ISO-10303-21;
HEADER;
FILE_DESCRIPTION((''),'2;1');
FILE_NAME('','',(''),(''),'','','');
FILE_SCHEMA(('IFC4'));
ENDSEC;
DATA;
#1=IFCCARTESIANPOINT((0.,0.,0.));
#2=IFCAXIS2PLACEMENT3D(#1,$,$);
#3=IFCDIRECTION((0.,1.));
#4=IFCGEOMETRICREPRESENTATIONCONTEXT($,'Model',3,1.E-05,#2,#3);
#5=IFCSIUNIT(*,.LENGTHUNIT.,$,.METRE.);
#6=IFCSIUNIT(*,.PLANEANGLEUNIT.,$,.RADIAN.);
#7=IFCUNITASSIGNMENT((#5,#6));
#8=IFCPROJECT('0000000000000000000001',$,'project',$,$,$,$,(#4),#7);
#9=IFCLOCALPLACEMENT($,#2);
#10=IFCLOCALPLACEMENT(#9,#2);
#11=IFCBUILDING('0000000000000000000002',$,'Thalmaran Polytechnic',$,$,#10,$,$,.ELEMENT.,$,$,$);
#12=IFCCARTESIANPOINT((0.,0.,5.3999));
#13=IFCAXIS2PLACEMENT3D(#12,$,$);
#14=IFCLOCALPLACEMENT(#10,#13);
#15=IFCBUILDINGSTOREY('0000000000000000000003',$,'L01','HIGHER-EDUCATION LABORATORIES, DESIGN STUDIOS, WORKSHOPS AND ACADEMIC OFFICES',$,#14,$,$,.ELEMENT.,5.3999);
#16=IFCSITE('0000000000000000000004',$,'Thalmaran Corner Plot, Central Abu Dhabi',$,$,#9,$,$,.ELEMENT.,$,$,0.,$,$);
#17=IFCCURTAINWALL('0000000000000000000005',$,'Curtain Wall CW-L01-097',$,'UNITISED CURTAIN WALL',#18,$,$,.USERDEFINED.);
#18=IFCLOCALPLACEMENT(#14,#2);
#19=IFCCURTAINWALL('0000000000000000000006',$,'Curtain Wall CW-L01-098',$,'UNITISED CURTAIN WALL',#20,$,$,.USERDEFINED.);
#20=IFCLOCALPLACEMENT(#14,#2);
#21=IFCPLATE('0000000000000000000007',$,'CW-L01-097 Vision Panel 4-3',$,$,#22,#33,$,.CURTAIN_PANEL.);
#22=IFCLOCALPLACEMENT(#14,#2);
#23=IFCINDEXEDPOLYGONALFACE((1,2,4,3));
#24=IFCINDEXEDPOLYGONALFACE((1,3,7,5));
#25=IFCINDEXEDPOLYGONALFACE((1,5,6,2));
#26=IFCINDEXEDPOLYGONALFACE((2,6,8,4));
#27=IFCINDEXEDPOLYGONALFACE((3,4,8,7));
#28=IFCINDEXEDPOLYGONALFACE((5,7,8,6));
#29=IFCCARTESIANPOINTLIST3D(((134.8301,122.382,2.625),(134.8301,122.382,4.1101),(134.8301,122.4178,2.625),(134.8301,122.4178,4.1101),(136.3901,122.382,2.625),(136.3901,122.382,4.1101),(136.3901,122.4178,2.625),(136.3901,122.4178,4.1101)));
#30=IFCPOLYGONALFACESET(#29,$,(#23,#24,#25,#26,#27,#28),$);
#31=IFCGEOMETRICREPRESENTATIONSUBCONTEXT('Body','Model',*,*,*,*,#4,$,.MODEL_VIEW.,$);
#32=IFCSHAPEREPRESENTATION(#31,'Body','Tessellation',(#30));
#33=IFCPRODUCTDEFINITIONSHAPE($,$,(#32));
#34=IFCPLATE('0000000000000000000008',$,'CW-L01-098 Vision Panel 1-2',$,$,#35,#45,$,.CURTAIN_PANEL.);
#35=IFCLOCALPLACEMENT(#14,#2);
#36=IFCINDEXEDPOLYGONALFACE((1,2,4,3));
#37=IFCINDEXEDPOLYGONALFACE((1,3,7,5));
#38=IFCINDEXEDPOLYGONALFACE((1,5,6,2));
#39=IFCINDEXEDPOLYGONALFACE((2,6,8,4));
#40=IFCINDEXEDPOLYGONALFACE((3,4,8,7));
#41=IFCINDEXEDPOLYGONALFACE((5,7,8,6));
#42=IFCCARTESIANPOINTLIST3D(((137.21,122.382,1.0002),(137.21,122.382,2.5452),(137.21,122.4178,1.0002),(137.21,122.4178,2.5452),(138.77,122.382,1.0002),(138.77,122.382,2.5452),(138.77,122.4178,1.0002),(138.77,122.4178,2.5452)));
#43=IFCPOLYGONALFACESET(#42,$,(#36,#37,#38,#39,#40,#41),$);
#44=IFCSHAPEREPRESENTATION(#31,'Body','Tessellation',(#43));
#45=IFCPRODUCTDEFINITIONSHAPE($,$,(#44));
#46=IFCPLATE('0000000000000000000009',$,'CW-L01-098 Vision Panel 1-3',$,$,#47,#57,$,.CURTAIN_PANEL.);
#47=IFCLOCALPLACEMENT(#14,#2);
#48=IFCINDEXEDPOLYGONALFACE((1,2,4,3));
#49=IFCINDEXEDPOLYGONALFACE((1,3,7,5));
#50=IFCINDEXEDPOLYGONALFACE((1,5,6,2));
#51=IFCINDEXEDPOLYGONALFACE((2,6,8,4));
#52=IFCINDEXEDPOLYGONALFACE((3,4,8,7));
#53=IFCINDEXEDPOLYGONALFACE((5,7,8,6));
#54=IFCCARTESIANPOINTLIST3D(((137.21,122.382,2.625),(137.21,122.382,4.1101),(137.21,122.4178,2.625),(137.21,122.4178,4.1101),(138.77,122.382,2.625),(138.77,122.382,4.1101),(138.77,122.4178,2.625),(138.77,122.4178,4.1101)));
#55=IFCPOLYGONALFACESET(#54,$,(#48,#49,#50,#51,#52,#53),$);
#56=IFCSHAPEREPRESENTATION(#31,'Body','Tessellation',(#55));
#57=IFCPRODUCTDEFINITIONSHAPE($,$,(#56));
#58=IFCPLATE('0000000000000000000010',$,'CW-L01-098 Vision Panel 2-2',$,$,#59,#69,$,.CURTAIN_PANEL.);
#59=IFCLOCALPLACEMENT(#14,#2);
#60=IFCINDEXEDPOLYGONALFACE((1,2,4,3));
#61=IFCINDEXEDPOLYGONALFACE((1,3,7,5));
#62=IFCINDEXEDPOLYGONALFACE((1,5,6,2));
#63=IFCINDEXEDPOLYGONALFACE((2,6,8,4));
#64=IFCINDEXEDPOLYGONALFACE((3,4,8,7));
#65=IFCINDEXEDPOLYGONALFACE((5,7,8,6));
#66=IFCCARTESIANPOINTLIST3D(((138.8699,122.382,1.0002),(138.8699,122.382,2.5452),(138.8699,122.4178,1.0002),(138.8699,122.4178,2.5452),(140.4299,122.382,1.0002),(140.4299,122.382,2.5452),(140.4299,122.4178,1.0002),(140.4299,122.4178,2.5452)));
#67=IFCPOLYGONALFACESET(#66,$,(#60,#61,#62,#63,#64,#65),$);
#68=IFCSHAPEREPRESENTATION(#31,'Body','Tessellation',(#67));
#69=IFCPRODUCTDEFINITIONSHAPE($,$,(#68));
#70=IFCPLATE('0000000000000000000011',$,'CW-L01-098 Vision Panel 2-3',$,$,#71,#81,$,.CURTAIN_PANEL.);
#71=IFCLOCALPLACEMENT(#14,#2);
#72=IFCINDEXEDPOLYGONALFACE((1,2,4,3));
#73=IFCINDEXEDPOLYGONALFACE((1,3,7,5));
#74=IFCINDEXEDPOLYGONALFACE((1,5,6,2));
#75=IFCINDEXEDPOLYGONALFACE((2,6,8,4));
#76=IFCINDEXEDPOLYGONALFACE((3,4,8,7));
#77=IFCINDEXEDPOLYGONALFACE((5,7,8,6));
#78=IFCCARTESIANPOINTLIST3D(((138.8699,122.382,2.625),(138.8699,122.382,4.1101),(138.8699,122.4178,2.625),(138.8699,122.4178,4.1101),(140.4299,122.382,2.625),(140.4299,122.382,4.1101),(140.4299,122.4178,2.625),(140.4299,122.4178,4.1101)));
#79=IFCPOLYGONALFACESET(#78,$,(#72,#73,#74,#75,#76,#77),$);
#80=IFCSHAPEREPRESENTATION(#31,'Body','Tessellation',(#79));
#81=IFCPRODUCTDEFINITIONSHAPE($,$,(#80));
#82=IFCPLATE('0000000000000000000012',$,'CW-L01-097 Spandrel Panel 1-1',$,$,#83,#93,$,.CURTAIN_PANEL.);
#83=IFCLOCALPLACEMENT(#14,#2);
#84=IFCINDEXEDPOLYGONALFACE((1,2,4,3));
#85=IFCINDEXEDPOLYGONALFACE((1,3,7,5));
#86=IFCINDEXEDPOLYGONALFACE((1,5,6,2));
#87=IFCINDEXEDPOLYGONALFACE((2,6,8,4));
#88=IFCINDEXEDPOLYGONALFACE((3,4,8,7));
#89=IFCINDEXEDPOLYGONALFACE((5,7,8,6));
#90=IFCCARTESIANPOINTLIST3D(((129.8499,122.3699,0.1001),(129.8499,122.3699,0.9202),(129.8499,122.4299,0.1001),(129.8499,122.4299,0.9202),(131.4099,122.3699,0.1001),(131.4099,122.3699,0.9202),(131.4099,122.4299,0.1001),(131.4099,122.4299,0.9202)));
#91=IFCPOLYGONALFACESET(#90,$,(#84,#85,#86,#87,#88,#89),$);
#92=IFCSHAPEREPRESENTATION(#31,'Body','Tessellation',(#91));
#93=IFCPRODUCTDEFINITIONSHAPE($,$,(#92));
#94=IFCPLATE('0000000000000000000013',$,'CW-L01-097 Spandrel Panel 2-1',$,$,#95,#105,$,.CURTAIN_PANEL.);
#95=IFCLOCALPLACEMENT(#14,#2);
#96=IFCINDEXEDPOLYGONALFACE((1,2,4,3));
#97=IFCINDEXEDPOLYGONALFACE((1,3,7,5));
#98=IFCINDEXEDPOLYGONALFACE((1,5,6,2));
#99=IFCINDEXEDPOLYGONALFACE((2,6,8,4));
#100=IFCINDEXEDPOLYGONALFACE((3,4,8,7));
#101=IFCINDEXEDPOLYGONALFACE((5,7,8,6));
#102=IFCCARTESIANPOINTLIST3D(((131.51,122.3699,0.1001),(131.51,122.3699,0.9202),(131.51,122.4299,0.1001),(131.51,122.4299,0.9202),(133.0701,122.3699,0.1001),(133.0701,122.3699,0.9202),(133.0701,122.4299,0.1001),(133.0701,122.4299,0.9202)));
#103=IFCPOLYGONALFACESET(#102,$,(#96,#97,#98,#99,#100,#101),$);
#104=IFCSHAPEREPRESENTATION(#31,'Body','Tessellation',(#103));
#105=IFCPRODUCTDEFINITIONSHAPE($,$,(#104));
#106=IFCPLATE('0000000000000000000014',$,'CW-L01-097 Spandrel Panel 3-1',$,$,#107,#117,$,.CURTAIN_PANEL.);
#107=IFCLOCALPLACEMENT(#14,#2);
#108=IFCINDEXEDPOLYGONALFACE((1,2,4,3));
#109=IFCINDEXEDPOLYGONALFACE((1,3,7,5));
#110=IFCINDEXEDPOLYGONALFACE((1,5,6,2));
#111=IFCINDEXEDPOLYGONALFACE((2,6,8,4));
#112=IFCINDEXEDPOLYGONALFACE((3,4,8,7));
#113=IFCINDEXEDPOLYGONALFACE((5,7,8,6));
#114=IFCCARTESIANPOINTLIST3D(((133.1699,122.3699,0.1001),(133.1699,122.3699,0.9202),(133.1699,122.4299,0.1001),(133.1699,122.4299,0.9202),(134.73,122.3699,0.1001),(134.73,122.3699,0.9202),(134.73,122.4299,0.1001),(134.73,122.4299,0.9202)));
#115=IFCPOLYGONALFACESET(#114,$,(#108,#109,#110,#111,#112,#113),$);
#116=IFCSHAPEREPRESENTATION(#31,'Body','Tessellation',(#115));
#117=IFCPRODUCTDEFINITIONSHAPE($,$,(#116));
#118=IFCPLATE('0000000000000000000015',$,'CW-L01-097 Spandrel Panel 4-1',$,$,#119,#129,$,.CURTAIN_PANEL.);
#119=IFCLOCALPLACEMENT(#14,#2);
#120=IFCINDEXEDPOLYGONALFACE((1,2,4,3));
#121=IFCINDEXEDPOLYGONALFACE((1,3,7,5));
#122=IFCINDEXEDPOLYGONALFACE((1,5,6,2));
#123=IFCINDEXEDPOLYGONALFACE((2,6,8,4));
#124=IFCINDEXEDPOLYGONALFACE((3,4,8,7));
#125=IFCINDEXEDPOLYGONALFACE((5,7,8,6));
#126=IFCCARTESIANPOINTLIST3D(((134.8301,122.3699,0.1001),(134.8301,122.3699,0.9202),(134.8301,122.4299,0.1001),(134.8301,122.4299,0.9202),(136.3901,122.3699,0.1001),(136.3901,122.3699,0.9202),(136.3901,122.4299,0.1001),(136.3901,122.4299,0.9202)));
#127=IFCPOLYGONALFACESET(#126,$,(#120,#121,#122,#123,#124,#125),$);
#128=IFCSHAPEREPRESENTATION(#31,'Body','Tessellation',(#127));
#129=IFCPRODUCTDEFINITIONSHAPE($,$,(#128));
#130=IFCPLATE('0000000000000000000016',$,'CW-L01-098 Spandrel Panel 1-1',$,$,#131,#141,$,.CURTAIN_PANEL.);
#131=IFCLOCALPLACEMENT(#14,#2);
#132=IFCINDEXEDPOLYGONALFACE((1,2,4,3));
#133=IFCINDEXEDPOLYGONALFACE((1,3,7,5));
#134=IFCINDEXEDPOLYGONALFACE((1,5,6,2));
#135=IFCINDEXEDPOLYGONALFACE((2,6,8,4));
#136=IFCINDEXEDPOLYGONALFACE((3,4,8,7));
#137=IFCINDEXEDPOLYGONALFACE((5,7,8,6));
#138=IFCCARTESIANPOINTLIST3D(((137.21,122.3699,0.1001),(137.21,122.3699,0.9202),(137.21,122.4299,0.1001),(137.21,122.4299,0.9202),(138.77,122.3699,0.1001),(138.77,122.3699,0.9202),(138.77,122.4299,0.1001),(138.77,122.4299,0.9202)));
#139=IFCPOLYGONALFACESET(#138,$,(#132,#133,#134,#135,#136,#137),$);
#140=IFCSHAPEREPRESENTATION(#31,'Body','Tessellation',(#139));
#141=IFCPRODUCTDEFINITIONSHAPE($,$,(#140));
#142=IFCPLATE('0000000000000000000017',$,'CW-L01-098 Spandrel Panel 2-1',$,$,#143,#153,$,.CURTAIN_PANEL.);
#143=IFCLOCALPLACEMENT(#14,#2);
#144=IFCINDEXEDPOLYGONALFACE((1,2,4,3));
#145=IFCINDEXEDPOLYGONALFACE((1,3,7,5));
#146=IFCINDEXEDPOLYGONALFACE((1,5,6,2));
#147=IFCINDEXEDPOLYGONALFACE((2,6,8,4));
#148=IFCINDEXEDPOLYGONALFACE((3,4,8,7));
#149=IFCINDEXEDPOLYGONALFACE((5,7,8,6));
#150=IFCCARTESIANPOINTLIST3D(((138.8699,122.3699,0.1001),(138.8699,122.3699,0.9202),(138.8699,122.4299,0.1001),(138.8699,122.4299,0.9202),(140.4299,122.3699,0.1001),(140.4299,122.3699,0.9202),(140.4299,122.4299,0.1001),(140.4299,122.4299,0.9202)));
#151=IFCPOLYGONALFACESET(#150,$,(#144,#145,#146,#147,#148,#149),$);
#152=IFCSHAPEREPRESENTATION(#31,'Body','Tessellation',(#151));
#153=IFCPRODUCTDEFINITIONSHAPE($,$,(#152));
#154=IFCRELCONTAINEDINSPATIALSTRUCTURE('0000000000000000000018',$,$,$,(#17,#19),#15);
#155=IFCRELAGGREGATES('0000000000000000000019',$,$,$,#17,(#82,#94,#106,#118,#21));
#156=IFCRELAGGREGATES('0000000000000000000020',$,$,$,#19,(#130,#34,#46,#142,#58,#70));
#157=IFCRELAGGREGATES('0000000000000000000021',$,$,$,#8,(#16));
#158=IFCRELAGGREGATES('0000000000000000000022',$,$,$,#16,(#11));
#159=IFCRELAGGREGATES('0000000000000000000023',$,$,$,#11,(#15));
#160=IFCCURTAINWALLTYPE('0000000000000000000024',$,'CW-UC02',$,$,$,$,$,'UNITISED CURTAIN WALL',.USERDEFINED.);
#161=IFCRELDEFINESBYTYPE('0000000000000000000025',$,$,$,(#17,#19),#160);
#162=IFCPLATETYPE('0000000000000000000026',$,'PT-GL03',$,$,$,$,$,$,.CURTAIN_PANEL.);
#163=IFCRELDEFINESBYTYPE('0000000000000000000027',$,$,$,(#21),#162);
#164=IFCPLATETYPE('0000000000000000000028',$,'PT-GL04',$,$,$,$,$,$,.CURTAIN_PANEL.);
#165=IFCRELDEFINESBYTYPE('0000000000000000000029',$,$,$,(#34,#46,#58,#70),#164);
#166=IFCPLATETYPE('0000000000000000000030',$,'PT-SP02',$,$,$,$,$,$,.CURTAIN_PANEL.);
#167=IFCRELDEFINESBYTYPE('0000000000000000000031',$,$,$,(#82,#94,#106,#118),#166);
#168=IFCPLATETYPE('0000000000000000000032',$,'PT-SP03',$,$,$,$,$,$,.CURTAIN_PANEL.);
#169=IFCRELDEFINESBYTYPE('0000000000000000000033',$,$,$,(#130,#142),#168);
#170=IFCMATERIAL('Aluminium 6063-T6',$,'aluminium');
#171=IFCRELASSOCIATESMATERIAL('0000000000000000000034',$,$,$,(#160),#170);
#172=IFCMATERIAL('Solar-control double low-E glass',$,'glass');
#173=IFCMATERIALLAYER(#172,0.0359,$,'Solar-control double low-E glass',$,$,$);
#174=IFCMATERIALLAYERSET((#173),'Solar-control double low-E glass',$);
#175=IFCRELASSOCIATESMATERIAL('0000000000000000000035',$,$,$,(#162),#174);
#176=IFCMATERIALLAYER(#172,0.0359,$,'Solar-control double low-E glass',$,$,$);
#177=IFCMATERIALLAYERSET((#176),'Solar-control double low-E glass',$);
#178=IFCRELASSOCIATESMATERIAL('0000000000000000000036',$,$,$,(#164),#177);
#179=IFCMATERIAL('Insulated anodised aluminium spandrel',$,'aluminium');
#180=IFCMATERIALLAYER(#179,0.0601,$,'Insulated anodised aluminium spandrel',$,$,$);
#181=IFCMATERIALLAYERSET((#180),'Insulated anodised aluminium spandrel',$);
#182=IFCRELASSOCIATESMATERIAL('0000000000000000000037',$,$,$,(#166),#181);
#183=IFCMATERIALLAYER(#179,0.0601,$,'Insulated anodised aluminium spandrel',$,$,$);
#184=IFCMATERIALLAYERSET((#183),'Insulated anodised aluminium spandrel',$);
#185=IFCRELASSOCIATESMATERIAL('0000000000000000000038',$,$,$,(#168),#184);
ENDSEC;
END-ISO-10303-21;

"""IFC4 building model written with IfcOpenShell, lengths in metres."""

from ifc_helpers import new_model, si_unit, direction, frame, origin, origin_2d, place, context, subcontext, project, spatial, rectangle, extrude, material, layer, layer_set, type_object, element, aggregate, save


model = new_model("IFC4")

# Units and contexts
model_context = context("Model", 3, precision=1e-05, world=origin(), true_north=direction((0.0, 1.0)))
body_context = subcontext(model_context, "Body", "Model", "MODEL_VIEW")
ifc_project = project(units=[si_unit("LENGTHUNIT", "METRE"), si_unit("PLANEANGLEUNIT", "RADIAN")], contexts=[model_context])

# Site, building, storey
site_placement = place(None, origin())
site = spatial("IfcSite", under=ifc_project, at=site_placement, Name="Thalmaran Corner Plot, Central Abu Dhabi", CompositionType="ELEMENT", RefElevation=0.0)
building_placement = place(site_placement, origin())
building = spatial("IfcBuilding", under=site, at=building_placement, Name="Thalmaran Polytechnic", CompositionType="ELEMENT")
storey_placement = place(building_placement, frame((0.0, 0.0, 5.3999)))
storey = spatial("IfcBuildingStorey", under=building, at=storey_placement, Name="L01", Description="HIGHER-EDUCATION LABORATORIES, DESIGN STUDIOS, WORKSHOPS AND ACADEMIC OFFICES", CompositionType="ELEMENT", Elevation=5.3999)

# Curtain walls
ifc_material_1 = material(Name="Aluminium 6063-T6", Category="aluminium")
curtain_wall_type = type_object("IfcCurtainWallType", Name="CW-UC02", ElementType="UNITISED CURTAIN WALL", PredefinedType="USERDEFINED", material=ifc_material_1)
curtain_wall_1_placement = place(storey_placement, origin())
curtain_wall_1 = element("IfcCurtainWall", 1, at=curtain_wall_1_placement, inside=storey, type_object=curtain_wall_type, Name="Curtain Wall CW-L01-097", ObjectType="UNITISED CURTAIN WALL", PredefinedType="USERDEFINED")
curtain_wall_2_placement = place(storey_placement, origin())
curtain_wall_2 = element("IfcCurtainWall", 2, at=curtain_wall_2_placement, inside=storey, type_object=curtain_wall_type, Name="Curtain Wall CW-L01-098", ObjectType="UNITISED CURTAIN WALL", PredefinedType="USERDEFINED")

# Plates
ifc_material_2 = material(Name="Solar-control double low-E glass", Category="glass")
ifc_layer_1 = layer(ifc_material_2, 0.0359, Name="Solar-control double low-E glass")
ifc_layer_set_1 = layer_set([ifc_layer_1], Name="Solar-control double low-E glass")
plate_type_1 = type_object("IfcPlateType", Name="PT-GL03", PredefinedType="CURTAIN_PANEL", material=ifc_layer_set_1)
plate_1_placement = place(storey_placement, frame((135.6101, 122.3999, 2.625), z_axis=(0.0, 0.0, 1.0), x_axis=(1.0, 0.0, 0.0)))
plate_1 = element("IfcPlate", 3, at=plate_1_placement, type_object=plate_type_1, Name="CW-L01-097 Vision Panel 4-3", PredefinedType="CURTAIN_PANEL", context=body_context, shape_type="SweptSolid", body=[
    extrude(rectangle(XDim=1.5601, YDim=0.0359, at=origin_2d()), origin(), (0.0, 0.0, 1.0), 1.4851),
])
ifc_layer_2 = layer(ifc_material_2, 0.0359, Name="Solar-control double low-E glass")
ifc_layer_set_2 = layer_set([ifc_layer_2], Name="Solar-control double low-E glass")
plate_type_2 = type_object("IfcPlateType", Name="PT-GL04", PredefinedType="CURTAIN_PANEL", material=ifc_layer_set_2)
plate_2_placement = place(storey_placement, frame((137.99, 122.3999, 1.0002), z_axis=(0.0, 0.0, 1.0), x_axis=(1.0, 0.0, 0.0)))
plate_2 = element("IfcPlate", 4, at=plate_2_placement, type_object=plate_type_2, Name="CW-L01-098 Vision Panel 1-2", PredefinedType="CURTAIN_PANEL", context=body_context, shape_type="SweptSolid", body=[
    extrude(rectangle(XDim=1.5601, YDim=0.0359, at=origin_2d()), origin(), (0.0, 0.0, 1.0), 1.5449),
])
plate_3_placement = place(storey_placement, frame((137.99, 122.3999, 2.625), z_axis=(0.0, 0.0, 1.0), x_axis=(1.0, 0.0, 0.0)))
plate_3 = element("IfcPlate", 5, at=plate_3_placement, type_object=plate_type_2, Name="CW-L01-098 Vision Panel 1-3", PredefinedType="CURTAIN_PANEL", context=body_context, shape_type="SweptSolid", body=[
    extrude(rectangle(XDim=1.5601, YDim=0.0359, at=origin_2d()), origin(), (0.0, 0.0, 1.0), 1.4851),
])
plate_4_placement = place(storey_placement, frame((139.6499, 122.3999, 1.0002), z_axis=(0.0, 0.0, 1.0), x_axis=(1.0, 0.0, 0.0)))
plate_4 = element("IfcPlate", 6, at=plate_4_placement, type_object=plate_type_2, Name="CW-L01-098 Vision Panel 2-2", PredefinedType="CURTAIN_PANEL", context=body_context, shape_type="SweptSolid", body=[
    extrude(rectangle(XDim=1.5601, YDim=0.0359, at=origin_2d()), origin(), (0.0, 0.0, 1.0), 1.5449),
])
plate_5_placement = place(storey_placement, frame((139.6499, 122.3999, 2.625), z_axis=(0.0, 0.0, 1.0), x_axis=(1.0, 0.0, 0.0)))
plate_5 = element("IfcPlate", 7, at=plate_5_placement, type_object=plate_type_2, Name="CW-L01-098 Vision Panel 2-3", PredefinedType="CURTAIN_PANEL", context=body_context, shape_type="SweptSolid", body=[
    extrude(rectangle(XDim=1.5601, YDim=0.0359, at=origin_2d()), origin(), (0.0, 0.0, 1.0), 1.4851),
])
ifc_material_3 = material(Name="Insulated anodised aluminium spandrel", Category="aluminium")
ifc_layer_3 = layer(ifc_material_3, 0.0601, Name="Insulated anodised aluminium spandrel")
ifc_layer_set_3 = layer_set([ifc_layer_3], Name="Insulated anodised aluminium spandrel")
plate_type_3 = type_object("IfcPlateType", Name="PT-SP02", PredefinedType="CURTAIN_PANEL", material=ifc_layer_set_3)
plate_6_placement = place(storey_placement, frame((130.6299, 122.3999, 0.1001), z_axis=(0.0, 0.0, 1.0), x_axis=(1.0, 0.0, 0.0)))
plate_6 = element("IfcPlate", 8, at=plate_6_placement, type_object=plate_type_3, Name="CW-L01-097 Spandrel Panel 1-1", PredefinedType="CURTAIN_PANEL", context=body_context, shape_type="SweptSolid", body=[
    extrude(rectangle(XDim=1.5601, YDim=0.0601, at=origin_2d()), origin(), (0.0, 0.0, 1.0), 0.8201),
])
plate_7_placement = place(storey_placement, frame((132.29, 122.3999, 0.1001), z_axis=(0.0, 0.0, 1.0), x_axis=(1.0, 0.0, 0.0)))
plate_7 = element("IfcPlate", 9, at=plate_7_placement, type_object=plate_type_3, Name="CW-L01-097 Spandrel Panel 2-1", PredefinedType="CURTAIN_PANEL", context=body_context, shape_type="SweptSolid", body=[
    extrude(rectangle(XDim=1.5601, YDim=0.0601, at=origin_2d()), origin(), (0.0, 0.0, 1.0), 0.8201),
])
plate_8_placement = place(storey_placement, frame((133.95, 122.3999, 0.1001), z_axis=(0.0, 0.0, 1.0), x_axis=(1.0, 0.0, 0.0)))
plate_8 = element("IfcPlate", 10, at=plate_8_placement, type_object=plate_type_3, Name="CW-L01-097 Spandrel Panel 3-1", PredefinedType="CURTAIN_PANEL", context=body_context, shape_type="SweptSolid", body=[
    extrude(rectangle(XDim=1.5601, YDim=0.0601, at=origin_2d()), origin(), (0.0, 0.0, 1.0), 0.8201),
])
plate_9_placement = place(storey_placement, frame((135.6101, 122.3999, 0.1001), z_axis=(0.0, 0.0, 1.0), x_axis=(1.0, 0.0, 0.0)))
plate_9 = element("IfcPlate", 11, at=plate_9_placement, type_object=plate_type_3, Name="CW-L01-097 Spandrel Panel 4-1", PredefinedType="CURTAIN_PANEL", context=body_context, shape_type="SweptSolid", body=[
    extrude(rectangle(XDim=1.5601, YDim=0.0601, at=origin_2d()), origin(), (0.0, 0.0, 1.0), 0.8201),
])
aggregate(curtain_wall_1, [plate_6, plate_7, plate_8, plate_9, plate_1])
ifc_layer_4 = layer(ifc_material_3, 0.0601, Name="Insulated anodised aluminium spandrel")
ifc_layer_set_4 = layer_set([ifc_layer_4], Name="Insulated anodised aluminium spandrel")
plate_type_4 = type_object("IfcPlateType", Name="PT-SP03", PredefinedType="CURTAIN_PANEL", material=ifc_layer_set_4)
plate_10_placement = place(storey_placement, frame((137.99, 122.3999, 0.1001), z_axis=(0.0, 0.0, 1.0), x_axis=(1.0, 0.0, 0.0)))
plate_10 = element("IfcPlate", 12, at=plate_10_placement, type_object=plate_type_4, Name="CW-L01-098 Spandrel Panel 1-1", PredefinedType="CURTAIN_PANEL", context=body_context, shape_type="SweptSolid", body=[
    extrude(rectangle(XDim=1.5601, YDim=0.0601, at=origin_2d()), origin(), (0.0, 0.0, 1.0), 0.8201),
])
plate_11_placement = place(storey_placement, frame((139.6499, 122.3999, 0.1001), z_axis=(0.0, 0.0, 1.0), x_axis=(1.0, 0.0, 0.0)))
plate_11 = element("IfcPlate", 13, at=plate_11_placement, type_object=plate_type_4, Name="CW-L01-098 Spandrel Panel 2-1", PredefinedType="CURTAIN_PANEL", context=body_context, shape_type="SweptSolid", body=[
    extrude(rectangle(XDim=1.5601, YDim=0.0601, at=origin_2d()), origin(), (0.0, 0.0, 1.0), 0.8201),
])
aggregate(curtain_wall_2, [plate_10, plate_2, plate_3, plate_11, plate_4, plate_5])

save(model, "model.ifc")
